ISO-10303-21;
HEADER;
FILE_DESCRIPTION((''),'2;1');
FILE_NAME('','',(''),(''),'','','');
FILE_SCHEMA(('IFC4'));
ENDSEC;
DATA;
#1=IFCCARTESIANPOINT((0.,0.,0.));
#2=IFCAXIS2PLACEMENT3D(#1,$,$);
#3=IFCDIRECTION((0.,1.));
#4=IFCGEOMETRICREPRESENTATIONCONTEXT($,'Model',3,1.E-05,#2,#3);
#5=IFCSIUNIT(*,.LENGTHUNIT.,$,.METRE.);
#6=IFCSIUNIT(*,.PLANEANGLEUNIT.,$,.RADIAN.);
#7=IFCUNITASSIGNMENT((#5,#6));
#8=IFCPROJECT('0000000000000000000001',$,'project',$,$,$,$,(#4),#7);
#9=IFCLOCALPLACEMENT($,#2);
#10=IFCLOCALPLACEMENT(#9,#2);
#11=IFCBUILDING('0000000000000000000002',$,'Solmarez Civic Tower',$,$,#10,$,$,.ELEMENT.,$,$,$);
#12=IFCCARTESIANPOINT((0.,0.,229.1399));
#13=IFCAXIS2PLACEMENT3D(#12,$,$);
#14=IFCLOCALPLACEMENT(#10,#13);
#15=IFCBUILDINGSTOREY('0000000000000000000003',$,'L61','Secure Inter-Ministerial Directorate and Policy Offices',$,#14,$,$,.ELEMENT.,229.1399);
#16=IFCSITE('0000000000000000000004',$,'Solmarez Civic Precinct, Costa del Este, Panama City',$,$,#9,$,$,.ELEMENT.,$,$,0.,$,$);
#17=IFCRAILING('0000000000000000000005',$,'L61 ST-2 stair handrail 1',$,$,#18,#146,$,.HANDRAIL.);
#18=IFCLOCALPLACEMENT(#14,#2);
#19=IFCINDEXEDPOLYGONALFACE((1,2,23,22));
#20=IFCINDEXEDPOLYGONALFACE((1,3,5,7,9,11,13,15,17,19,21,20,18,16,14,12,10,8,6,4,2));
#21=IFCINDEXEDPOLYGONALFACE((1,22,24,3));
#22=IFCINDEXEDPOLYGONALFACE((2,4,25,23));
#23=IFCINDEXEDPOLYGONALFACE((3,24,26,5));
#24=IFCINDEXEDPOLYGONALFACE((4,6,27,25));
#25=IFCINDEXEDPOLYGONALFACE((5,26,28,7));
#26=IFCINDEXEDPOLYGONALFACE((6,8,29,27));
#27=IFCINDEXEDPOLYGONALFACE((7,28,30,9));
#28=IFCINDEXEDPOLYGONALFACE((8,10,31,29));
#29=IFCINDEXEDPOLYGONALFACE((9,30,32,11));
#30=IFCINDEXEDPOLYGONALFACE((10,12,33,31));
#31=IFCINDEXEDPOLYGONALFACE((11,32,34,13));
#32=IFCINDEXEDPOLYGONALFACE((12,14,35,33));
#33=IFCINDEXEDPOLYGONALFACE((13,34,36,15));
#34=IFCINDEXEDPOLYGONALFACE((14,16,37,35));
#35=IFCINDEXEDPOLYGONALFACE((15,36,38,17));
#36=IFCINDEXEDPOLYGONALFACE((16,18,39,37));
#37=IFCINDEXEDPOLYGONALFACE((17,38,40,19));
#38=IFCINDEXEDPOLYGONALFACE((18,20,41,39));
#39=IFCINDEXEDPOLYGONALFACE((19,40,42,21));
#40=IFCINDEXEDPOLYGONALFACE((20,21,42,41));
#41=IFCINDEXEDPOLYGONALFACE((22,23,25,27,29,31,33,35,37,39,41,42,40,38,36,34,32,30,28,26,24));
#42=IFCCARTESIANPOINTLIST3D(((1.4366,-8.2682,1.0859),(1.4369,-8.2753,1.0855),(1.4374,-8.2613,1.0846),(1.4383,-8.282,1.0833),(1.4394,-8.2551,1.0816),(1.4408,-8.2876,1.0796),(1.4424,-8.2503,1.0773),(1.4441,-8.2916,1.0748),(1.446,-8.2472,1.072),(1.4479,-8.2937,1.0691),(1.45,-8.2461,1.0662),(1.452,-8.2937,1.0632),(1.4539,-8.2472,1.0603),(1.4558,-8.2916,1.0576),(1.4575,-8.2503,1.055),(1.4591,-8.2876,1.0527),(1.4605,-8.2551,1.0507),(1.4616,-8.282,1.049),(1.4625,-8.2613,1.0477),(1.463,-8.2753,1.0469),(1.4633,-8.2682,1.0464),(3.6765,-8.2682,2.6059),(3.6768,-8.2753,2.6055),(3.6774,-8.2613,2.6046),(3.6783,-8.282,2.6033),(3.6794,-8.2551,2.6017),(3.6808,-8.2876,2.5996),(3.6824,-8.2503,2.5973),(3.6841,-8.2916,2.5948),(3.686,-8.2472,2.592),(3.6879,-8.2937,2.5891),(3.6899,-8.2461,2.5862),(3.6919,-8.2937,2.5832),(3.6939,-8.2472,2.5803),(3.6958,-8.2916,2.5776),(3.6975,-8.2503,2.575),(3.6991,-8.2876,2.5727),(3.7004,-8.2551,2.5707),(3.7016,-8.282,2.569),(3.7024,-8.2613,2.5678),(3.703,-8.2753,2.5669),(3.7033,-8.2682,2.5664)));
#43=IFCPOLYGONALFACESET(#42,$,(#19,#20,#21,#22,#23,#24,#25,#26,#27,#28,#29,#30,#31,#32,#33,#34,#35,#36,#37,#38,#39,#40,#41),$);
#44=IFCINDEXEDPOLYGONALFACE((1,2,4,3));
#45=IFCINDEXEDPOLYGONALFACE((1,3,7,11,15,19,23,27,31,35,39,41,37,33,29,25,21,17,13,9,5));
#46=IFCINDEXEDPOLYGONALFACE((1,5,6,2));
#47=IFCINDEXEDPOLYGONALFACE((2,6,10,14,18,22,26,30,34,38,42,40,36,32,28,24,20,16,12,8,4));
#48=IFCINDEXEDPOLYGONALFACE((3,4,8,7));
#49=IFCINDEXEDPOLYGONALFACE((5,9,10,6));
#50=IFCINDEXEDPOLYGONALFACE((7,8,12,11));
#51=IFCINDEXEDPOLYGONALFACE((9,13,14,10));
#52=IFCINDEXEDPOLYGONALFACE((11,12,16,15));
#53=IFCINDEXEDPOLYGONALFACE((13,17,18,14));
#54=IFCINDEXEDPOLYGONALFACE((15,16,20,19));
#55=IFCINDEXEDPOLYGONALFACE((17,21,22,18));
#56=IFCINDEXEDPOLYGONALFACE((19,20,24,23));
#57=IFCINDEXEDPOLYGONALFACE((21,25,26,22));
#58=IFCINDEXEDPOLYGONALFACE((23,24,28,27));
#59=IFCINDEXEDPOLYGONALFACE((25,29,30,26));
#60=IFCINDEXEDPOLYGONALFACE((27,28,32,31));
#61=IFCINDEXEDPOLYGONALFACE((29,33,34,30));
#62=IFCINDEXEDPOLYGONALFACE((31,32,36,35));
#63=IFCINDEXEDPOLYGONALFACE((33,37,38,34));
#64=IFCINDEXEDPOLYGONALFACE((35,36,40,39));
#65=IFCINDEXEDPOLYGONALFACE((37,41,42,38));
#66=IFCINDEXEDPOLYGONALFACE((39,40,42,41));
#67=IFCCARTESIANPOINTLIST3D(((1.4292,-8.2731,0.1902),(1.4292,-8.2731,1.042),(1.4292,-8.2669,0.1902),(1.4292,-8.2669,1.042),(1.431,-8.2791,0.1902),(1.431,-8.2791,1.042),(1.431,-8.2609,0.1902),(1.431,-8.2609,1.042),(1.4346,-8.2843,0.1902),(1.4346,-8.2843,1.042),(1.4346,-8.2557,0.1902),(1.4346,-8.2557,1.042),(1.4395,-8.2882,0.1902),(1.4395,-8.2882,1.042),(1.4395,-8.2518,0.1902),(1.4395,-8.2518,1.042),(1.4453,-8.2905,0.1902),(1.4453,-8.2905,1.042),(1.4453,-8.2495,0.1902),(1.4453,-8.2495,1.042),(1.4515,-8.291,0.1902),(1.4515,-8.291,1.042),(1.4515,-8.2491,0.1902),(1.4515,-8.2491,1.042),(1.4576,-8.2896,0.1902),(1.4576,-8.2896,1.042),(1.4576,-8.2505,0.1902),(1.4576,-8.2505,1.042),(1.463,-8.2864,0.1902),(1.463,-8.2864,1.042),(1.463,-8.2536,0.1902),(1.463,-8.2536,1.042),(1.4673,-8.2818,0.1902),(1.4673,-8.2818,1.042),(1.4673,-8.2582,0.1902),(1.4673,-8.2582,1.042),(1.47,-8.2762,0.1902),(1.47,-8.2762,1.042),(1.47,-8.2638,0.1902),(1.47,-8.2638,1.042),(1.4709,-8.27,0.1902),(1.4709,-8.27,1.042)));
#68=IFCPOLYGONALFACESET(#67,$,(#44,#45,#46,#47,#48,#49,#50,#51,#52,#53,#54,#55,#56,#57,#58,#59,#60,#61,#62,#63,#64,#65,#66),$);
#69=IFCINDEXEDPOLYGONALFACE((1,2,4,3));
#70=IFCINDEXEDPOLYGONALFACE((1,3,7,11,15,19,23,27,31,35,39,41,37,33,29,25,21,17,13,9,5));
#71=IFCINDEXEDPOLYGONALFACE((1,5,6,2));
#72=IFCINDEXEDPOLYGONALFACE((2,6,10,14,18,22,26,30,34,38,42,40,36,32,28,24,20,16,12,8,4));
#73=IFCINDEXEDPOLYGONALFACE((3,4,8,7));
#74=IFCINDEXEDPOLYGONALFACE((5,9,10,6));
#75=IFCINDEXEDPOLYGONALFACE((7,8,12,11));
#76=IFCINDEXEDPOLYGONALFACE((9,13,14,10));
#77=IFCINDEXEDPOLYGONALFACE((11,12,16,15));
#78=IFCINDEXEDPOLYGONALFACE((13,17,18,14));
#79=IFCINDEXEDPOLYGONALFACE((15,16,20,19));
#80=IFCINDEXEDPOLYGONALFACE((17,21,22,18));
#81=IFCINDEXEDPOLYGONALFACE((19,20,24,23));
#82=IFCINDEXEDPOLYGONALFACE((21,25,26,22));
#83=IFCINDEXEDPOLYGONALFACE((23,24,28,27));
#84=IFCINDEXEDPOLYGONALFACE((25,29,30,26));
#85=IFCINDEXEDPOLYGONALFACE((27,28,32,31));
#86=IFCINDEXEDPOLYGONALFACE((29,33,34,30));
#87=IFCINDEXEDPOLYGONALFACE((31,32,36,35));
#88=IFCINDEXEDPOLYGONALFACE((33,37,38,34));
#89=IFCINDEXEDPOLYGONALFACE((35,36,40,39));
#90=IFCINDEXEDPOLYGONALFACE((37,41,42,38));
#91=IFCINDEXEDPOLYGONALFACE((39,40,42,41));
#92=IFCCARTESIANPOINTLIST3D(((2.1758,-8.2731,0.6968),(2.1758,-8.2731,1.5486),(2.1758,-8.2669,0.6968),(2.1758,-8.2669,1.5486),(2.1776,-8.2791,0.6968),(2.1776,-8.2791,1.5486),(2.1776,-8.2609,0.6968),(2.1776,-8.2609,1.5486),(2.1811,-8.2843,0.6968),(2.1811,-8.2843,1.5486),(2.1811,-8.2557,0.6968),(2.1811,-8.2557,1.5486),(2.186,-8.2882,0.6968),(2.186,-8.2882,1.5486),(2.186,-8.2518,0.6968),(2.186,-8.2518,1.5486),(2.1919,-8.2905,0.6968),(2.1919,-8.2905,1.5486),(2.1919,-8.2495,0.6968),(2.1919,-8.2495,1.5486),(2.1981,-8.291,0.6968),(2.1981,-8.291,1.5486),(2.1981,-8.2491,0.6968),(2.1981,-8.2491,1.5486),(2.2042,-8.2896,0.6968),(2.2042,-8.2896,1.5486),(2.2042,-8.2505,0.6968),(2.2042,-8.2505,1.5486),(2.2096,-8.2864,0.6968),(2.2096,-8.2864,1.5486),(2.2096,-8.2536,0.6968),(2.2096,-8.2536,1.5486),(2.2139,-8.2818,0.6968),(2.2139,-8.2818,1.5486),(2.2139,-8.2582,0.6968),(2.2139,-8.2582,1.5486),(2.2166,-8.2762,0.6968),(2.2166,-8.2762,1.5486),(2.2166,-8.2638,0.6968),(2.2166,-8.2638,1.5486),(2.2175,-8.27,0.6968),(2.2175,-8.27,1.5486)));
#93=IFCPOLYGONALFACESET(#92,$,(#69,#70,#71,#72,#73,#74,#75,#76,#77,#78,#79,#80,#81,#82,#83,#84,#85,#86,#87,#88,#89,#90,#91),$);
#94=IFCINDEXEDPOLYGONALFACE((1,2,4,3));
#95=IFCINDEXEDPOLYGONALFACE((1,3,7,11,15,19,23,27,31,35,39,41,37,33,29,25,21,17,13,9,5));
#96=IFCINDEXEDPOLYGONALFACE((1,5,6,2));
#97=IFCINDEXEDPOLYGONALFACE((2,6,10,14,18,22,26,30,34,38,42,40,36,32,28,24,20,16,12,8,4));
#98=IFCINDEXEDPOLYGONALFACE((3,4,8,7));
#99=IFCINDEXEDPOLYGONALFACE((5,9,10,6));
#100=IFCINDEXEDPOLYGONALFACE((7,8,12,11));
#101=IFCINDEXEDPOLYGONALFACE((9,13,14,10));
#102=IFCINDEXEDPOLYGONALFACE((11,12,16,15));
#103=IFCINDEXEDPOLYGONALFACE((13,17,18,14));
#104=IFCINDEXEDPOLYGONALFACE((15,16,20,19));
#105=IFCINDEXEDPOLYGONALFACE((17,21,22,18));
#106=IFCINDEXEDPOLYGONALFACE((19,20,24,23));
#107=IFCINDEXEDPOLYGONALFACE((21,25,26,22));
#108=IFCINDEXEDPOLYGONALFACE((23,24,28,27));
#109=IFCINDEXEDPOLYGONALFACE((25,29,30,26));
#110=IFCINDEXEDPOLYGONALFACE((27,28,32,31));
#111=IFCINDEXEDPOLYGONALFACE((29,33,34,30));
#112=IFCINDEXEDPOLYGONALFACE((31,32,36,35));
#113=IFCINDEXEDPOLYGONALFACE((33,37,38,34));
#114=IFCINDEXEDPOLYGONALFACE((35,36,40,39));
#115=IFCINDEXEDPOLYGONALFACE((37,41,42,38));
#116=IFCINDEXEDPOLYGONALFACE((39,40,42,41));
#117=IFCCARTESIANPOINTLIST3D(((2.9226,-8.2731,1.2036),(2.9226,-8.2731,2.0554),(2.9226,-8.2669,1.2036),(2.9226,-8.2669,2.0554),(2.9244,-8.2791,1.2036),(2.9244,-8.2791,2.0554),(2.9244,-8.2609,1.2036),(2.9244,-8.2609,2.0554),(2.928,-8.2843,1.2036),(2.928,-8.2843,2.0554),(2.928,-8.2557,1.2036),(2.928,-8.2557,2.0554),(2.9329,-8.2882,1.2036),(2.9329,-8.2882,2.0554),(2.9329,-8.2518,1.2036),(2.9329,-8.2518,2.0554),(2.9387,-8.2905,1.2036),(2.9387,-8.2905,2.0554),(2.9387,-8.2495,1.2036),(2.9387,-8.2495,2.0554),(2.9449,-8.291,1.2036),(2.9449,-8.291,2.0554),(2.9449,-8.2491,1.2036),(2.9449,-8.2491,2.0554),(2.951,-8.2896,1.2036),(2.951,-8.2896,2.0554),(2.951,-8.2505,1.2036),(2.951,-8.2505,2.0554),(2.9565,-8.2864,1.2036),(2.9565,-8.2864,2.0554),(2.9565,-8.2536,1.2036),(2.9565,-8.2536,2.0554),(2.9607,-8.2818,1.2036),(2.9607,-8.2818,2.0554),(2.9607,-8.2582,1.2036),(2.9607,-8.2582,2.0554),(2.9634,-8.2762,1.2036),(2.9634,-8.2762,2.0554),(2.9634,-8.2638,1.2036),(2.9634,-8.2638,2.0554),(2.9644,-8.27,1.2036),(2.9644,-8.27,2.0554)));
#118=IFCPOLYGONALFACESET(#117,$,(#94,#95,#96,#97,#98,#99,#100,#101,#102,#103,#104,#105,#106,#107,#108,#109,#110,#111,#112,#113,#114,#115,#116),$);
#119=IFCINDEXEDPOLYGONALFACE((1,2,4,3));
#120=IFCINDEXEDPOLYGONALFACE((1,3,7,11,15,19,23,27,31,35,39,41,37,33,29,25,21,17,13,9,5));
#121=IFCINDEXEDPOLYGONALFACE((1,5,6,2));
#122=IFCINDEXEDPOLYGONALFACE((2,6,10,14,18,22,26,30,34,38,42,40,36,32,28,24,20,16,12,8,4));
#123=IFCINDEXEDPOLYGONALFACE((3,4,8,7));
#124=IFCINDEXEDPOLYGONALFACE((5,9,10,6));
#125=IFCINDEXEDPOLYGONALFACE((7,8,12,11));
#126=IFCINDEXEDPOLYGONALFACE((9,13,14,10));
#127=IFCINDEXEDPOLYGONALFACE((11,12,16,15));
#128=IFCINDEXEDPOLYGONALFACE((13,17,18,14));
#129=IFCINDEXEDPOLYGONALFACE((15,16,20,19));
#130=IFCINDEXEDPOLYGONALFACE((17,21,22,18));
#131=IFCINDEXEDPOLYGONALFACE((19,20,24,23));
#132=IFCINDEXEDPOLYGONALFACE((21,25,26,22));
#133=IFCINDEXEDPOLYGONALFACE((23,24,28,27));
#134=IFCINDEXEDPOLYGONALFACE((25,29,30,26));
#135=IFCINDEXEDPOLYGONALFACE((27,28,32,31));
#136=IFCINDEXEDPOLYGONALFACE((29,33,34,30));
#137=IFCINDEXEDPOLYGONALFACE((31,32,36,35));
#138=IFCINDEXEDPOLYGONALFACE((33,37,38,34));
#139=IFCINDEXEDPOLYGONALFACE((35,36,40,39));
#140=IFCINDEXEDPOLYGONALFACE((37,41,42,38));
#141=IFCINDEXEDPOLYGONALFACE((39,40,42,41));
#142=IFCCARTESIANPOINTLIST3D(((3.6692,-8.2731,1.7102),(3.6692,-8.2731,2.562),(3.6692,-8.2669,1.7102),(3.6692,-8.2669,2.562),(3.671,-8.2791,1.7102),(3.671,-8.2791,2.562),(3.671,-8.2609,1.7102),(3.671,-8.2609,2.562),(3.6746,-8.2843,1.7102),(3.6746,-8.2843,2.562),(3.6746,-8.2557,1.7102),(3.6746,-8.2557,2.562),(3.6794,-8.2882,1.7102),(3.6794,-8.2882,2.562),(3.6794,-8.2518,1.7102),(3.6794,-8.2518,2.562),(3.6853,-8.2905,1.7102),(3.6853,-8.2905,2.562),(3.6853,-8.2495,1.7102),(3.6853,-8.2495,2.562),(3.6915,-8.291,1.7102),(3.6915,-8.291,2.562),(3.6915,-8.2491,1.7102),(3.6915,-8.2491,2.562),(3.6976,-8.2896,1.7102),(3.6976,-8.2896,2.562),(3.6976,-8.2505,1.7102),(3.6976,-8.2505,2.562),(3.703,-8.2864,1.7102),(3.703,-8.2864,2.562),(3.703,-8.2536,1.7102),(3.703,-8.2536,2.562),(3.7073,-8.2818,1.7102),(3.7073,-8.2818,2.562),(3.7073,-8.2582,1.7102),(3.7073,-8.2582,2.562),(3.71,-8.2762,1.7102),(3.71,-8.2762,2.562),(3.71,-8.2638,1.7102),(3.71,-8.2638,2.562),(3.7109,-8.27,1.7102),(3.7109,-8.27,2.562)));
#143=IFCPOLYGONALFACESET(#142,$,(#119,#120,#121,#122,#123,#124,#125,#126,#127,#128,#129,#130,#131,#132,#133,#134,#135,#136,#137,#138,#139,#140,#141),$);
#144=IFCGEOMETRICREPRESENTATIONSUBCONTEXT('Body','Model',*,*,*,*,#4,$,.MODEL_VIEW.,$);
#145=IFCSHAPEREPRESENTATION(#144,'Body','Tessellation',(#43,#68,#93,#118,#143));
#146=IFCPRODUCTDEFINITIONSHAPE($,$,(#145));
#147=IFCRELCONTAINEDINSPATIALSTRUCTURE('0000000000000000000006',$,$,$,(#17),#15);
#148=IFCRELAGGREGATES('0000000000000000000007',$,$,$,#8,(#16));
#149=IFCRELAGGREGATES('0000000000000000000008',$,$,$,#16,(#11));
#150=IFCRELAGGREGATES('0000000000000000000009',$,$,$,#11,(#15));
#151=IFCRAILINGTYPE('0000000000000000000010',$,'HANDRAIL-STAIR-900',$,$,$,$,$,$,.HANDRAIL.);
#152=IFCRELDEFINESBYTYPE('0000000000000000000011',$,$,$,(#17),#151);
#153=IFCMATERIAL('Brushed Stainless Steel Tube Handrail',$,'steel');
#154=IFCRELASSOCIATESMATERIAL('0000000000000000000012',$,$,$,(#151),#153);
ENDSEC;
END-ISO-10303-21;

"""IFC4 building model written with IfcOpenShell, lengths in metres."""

from ifc_helpers import new_model, si_unit, direction, frame, origin, origin_2d, place, context, subcontext, project, spatial, circle, extrude, material, type_object, element, save


model = new_model("IFC4")

# Units and contexts
model_context = context("Model", 3, precision=1e-05, world=origin(), true_north=direction((0.0, 1.0)))
body_context = subcontext(model_context, "Body", "Model", "MODEL_VIEW")
ifc_project = project(units=[si_unit("LENGTHUNIT", "METRE"), si_unit("PLANEANGLEUNIT", "RADIAN")], contexts=[model_context])

# Site, building, storey
site_placement = place(None, origin())
site = spatial("IfcSite", under=ifc_project, at=site_placement, Name="Solmarez Civic Precinct, Costa del Este, Panama City", CompositionType="ELEMENT", RefElevation=0.0)
building_placement = place(site_placement, origin())
building = spatial("IfcBuilding", under=site, at=building_placement, Name="Solmarez Civic Tower", CompositionType="ELEMENT")
storey_placement = place(building_placement, frame((0.0, 0.0, 229.1399)))
storey = spatial("IfcBuildingStorey", under=building, at=storey_placement, Name="L61", Description="Secure Inter-Ministerial Directorate and Policy Offices", CompositionType="ELEMENT", Elevation=229.1399)

# Railing
ifc_material_1 = material(Name="Brushed Stainless Steel Tube Handrail", Category="steel")
railing_type_1 = type_object("IfcRailingType", Name="HANDRAIL-STAIR-900", PredefinedType="HANDRAIL", material=ifc_material_1)
railing_1_placement = place(storey_placement, frame((1.45, -8.27, 0.1902)))
element("IfcRailing", 1, at=railing_1_placement, inside=storey, type_object=railing_type_1, Name="L61 ST-2 stair handrail 1", PredefinedType="HANDRAIL", context=body_context, shape_type="SweptSolid", body=[
    extrude(circle(Radius=0.0239, at=origin_2d()), frame((0.0, 0.0, 0.876), z_axis=(0.827471, 0.0, 0.561508), x_axis=(0.0, 1.0, 0.0)), (0.0, 0.0, 1.0), 2.707),
    extrude(circle(Radius=0.021, at=origin_2d()), origin(), (0.0, 0.0, 1.0), 0.8518),
    extrude(circle(Radius=0.021, at=origin_2d()), frame((0.7466, 0.0, 0.5066)), (0.0, 0.0, 1.0), 0.8518),
    extrude(circle(Radius=0.021, at=origin_2d()), frame((1.4934, 0.0, 1.0134)), (0.0, 0.0, 1.0), 0.8518),
    extrude(circle(Radius=0.021, at=origin_2d()), frame((2.24, 0.0, 1.52)), (0.0, 0.0, 1.0), 0.8518),
])

save(model, "model.ifc")
